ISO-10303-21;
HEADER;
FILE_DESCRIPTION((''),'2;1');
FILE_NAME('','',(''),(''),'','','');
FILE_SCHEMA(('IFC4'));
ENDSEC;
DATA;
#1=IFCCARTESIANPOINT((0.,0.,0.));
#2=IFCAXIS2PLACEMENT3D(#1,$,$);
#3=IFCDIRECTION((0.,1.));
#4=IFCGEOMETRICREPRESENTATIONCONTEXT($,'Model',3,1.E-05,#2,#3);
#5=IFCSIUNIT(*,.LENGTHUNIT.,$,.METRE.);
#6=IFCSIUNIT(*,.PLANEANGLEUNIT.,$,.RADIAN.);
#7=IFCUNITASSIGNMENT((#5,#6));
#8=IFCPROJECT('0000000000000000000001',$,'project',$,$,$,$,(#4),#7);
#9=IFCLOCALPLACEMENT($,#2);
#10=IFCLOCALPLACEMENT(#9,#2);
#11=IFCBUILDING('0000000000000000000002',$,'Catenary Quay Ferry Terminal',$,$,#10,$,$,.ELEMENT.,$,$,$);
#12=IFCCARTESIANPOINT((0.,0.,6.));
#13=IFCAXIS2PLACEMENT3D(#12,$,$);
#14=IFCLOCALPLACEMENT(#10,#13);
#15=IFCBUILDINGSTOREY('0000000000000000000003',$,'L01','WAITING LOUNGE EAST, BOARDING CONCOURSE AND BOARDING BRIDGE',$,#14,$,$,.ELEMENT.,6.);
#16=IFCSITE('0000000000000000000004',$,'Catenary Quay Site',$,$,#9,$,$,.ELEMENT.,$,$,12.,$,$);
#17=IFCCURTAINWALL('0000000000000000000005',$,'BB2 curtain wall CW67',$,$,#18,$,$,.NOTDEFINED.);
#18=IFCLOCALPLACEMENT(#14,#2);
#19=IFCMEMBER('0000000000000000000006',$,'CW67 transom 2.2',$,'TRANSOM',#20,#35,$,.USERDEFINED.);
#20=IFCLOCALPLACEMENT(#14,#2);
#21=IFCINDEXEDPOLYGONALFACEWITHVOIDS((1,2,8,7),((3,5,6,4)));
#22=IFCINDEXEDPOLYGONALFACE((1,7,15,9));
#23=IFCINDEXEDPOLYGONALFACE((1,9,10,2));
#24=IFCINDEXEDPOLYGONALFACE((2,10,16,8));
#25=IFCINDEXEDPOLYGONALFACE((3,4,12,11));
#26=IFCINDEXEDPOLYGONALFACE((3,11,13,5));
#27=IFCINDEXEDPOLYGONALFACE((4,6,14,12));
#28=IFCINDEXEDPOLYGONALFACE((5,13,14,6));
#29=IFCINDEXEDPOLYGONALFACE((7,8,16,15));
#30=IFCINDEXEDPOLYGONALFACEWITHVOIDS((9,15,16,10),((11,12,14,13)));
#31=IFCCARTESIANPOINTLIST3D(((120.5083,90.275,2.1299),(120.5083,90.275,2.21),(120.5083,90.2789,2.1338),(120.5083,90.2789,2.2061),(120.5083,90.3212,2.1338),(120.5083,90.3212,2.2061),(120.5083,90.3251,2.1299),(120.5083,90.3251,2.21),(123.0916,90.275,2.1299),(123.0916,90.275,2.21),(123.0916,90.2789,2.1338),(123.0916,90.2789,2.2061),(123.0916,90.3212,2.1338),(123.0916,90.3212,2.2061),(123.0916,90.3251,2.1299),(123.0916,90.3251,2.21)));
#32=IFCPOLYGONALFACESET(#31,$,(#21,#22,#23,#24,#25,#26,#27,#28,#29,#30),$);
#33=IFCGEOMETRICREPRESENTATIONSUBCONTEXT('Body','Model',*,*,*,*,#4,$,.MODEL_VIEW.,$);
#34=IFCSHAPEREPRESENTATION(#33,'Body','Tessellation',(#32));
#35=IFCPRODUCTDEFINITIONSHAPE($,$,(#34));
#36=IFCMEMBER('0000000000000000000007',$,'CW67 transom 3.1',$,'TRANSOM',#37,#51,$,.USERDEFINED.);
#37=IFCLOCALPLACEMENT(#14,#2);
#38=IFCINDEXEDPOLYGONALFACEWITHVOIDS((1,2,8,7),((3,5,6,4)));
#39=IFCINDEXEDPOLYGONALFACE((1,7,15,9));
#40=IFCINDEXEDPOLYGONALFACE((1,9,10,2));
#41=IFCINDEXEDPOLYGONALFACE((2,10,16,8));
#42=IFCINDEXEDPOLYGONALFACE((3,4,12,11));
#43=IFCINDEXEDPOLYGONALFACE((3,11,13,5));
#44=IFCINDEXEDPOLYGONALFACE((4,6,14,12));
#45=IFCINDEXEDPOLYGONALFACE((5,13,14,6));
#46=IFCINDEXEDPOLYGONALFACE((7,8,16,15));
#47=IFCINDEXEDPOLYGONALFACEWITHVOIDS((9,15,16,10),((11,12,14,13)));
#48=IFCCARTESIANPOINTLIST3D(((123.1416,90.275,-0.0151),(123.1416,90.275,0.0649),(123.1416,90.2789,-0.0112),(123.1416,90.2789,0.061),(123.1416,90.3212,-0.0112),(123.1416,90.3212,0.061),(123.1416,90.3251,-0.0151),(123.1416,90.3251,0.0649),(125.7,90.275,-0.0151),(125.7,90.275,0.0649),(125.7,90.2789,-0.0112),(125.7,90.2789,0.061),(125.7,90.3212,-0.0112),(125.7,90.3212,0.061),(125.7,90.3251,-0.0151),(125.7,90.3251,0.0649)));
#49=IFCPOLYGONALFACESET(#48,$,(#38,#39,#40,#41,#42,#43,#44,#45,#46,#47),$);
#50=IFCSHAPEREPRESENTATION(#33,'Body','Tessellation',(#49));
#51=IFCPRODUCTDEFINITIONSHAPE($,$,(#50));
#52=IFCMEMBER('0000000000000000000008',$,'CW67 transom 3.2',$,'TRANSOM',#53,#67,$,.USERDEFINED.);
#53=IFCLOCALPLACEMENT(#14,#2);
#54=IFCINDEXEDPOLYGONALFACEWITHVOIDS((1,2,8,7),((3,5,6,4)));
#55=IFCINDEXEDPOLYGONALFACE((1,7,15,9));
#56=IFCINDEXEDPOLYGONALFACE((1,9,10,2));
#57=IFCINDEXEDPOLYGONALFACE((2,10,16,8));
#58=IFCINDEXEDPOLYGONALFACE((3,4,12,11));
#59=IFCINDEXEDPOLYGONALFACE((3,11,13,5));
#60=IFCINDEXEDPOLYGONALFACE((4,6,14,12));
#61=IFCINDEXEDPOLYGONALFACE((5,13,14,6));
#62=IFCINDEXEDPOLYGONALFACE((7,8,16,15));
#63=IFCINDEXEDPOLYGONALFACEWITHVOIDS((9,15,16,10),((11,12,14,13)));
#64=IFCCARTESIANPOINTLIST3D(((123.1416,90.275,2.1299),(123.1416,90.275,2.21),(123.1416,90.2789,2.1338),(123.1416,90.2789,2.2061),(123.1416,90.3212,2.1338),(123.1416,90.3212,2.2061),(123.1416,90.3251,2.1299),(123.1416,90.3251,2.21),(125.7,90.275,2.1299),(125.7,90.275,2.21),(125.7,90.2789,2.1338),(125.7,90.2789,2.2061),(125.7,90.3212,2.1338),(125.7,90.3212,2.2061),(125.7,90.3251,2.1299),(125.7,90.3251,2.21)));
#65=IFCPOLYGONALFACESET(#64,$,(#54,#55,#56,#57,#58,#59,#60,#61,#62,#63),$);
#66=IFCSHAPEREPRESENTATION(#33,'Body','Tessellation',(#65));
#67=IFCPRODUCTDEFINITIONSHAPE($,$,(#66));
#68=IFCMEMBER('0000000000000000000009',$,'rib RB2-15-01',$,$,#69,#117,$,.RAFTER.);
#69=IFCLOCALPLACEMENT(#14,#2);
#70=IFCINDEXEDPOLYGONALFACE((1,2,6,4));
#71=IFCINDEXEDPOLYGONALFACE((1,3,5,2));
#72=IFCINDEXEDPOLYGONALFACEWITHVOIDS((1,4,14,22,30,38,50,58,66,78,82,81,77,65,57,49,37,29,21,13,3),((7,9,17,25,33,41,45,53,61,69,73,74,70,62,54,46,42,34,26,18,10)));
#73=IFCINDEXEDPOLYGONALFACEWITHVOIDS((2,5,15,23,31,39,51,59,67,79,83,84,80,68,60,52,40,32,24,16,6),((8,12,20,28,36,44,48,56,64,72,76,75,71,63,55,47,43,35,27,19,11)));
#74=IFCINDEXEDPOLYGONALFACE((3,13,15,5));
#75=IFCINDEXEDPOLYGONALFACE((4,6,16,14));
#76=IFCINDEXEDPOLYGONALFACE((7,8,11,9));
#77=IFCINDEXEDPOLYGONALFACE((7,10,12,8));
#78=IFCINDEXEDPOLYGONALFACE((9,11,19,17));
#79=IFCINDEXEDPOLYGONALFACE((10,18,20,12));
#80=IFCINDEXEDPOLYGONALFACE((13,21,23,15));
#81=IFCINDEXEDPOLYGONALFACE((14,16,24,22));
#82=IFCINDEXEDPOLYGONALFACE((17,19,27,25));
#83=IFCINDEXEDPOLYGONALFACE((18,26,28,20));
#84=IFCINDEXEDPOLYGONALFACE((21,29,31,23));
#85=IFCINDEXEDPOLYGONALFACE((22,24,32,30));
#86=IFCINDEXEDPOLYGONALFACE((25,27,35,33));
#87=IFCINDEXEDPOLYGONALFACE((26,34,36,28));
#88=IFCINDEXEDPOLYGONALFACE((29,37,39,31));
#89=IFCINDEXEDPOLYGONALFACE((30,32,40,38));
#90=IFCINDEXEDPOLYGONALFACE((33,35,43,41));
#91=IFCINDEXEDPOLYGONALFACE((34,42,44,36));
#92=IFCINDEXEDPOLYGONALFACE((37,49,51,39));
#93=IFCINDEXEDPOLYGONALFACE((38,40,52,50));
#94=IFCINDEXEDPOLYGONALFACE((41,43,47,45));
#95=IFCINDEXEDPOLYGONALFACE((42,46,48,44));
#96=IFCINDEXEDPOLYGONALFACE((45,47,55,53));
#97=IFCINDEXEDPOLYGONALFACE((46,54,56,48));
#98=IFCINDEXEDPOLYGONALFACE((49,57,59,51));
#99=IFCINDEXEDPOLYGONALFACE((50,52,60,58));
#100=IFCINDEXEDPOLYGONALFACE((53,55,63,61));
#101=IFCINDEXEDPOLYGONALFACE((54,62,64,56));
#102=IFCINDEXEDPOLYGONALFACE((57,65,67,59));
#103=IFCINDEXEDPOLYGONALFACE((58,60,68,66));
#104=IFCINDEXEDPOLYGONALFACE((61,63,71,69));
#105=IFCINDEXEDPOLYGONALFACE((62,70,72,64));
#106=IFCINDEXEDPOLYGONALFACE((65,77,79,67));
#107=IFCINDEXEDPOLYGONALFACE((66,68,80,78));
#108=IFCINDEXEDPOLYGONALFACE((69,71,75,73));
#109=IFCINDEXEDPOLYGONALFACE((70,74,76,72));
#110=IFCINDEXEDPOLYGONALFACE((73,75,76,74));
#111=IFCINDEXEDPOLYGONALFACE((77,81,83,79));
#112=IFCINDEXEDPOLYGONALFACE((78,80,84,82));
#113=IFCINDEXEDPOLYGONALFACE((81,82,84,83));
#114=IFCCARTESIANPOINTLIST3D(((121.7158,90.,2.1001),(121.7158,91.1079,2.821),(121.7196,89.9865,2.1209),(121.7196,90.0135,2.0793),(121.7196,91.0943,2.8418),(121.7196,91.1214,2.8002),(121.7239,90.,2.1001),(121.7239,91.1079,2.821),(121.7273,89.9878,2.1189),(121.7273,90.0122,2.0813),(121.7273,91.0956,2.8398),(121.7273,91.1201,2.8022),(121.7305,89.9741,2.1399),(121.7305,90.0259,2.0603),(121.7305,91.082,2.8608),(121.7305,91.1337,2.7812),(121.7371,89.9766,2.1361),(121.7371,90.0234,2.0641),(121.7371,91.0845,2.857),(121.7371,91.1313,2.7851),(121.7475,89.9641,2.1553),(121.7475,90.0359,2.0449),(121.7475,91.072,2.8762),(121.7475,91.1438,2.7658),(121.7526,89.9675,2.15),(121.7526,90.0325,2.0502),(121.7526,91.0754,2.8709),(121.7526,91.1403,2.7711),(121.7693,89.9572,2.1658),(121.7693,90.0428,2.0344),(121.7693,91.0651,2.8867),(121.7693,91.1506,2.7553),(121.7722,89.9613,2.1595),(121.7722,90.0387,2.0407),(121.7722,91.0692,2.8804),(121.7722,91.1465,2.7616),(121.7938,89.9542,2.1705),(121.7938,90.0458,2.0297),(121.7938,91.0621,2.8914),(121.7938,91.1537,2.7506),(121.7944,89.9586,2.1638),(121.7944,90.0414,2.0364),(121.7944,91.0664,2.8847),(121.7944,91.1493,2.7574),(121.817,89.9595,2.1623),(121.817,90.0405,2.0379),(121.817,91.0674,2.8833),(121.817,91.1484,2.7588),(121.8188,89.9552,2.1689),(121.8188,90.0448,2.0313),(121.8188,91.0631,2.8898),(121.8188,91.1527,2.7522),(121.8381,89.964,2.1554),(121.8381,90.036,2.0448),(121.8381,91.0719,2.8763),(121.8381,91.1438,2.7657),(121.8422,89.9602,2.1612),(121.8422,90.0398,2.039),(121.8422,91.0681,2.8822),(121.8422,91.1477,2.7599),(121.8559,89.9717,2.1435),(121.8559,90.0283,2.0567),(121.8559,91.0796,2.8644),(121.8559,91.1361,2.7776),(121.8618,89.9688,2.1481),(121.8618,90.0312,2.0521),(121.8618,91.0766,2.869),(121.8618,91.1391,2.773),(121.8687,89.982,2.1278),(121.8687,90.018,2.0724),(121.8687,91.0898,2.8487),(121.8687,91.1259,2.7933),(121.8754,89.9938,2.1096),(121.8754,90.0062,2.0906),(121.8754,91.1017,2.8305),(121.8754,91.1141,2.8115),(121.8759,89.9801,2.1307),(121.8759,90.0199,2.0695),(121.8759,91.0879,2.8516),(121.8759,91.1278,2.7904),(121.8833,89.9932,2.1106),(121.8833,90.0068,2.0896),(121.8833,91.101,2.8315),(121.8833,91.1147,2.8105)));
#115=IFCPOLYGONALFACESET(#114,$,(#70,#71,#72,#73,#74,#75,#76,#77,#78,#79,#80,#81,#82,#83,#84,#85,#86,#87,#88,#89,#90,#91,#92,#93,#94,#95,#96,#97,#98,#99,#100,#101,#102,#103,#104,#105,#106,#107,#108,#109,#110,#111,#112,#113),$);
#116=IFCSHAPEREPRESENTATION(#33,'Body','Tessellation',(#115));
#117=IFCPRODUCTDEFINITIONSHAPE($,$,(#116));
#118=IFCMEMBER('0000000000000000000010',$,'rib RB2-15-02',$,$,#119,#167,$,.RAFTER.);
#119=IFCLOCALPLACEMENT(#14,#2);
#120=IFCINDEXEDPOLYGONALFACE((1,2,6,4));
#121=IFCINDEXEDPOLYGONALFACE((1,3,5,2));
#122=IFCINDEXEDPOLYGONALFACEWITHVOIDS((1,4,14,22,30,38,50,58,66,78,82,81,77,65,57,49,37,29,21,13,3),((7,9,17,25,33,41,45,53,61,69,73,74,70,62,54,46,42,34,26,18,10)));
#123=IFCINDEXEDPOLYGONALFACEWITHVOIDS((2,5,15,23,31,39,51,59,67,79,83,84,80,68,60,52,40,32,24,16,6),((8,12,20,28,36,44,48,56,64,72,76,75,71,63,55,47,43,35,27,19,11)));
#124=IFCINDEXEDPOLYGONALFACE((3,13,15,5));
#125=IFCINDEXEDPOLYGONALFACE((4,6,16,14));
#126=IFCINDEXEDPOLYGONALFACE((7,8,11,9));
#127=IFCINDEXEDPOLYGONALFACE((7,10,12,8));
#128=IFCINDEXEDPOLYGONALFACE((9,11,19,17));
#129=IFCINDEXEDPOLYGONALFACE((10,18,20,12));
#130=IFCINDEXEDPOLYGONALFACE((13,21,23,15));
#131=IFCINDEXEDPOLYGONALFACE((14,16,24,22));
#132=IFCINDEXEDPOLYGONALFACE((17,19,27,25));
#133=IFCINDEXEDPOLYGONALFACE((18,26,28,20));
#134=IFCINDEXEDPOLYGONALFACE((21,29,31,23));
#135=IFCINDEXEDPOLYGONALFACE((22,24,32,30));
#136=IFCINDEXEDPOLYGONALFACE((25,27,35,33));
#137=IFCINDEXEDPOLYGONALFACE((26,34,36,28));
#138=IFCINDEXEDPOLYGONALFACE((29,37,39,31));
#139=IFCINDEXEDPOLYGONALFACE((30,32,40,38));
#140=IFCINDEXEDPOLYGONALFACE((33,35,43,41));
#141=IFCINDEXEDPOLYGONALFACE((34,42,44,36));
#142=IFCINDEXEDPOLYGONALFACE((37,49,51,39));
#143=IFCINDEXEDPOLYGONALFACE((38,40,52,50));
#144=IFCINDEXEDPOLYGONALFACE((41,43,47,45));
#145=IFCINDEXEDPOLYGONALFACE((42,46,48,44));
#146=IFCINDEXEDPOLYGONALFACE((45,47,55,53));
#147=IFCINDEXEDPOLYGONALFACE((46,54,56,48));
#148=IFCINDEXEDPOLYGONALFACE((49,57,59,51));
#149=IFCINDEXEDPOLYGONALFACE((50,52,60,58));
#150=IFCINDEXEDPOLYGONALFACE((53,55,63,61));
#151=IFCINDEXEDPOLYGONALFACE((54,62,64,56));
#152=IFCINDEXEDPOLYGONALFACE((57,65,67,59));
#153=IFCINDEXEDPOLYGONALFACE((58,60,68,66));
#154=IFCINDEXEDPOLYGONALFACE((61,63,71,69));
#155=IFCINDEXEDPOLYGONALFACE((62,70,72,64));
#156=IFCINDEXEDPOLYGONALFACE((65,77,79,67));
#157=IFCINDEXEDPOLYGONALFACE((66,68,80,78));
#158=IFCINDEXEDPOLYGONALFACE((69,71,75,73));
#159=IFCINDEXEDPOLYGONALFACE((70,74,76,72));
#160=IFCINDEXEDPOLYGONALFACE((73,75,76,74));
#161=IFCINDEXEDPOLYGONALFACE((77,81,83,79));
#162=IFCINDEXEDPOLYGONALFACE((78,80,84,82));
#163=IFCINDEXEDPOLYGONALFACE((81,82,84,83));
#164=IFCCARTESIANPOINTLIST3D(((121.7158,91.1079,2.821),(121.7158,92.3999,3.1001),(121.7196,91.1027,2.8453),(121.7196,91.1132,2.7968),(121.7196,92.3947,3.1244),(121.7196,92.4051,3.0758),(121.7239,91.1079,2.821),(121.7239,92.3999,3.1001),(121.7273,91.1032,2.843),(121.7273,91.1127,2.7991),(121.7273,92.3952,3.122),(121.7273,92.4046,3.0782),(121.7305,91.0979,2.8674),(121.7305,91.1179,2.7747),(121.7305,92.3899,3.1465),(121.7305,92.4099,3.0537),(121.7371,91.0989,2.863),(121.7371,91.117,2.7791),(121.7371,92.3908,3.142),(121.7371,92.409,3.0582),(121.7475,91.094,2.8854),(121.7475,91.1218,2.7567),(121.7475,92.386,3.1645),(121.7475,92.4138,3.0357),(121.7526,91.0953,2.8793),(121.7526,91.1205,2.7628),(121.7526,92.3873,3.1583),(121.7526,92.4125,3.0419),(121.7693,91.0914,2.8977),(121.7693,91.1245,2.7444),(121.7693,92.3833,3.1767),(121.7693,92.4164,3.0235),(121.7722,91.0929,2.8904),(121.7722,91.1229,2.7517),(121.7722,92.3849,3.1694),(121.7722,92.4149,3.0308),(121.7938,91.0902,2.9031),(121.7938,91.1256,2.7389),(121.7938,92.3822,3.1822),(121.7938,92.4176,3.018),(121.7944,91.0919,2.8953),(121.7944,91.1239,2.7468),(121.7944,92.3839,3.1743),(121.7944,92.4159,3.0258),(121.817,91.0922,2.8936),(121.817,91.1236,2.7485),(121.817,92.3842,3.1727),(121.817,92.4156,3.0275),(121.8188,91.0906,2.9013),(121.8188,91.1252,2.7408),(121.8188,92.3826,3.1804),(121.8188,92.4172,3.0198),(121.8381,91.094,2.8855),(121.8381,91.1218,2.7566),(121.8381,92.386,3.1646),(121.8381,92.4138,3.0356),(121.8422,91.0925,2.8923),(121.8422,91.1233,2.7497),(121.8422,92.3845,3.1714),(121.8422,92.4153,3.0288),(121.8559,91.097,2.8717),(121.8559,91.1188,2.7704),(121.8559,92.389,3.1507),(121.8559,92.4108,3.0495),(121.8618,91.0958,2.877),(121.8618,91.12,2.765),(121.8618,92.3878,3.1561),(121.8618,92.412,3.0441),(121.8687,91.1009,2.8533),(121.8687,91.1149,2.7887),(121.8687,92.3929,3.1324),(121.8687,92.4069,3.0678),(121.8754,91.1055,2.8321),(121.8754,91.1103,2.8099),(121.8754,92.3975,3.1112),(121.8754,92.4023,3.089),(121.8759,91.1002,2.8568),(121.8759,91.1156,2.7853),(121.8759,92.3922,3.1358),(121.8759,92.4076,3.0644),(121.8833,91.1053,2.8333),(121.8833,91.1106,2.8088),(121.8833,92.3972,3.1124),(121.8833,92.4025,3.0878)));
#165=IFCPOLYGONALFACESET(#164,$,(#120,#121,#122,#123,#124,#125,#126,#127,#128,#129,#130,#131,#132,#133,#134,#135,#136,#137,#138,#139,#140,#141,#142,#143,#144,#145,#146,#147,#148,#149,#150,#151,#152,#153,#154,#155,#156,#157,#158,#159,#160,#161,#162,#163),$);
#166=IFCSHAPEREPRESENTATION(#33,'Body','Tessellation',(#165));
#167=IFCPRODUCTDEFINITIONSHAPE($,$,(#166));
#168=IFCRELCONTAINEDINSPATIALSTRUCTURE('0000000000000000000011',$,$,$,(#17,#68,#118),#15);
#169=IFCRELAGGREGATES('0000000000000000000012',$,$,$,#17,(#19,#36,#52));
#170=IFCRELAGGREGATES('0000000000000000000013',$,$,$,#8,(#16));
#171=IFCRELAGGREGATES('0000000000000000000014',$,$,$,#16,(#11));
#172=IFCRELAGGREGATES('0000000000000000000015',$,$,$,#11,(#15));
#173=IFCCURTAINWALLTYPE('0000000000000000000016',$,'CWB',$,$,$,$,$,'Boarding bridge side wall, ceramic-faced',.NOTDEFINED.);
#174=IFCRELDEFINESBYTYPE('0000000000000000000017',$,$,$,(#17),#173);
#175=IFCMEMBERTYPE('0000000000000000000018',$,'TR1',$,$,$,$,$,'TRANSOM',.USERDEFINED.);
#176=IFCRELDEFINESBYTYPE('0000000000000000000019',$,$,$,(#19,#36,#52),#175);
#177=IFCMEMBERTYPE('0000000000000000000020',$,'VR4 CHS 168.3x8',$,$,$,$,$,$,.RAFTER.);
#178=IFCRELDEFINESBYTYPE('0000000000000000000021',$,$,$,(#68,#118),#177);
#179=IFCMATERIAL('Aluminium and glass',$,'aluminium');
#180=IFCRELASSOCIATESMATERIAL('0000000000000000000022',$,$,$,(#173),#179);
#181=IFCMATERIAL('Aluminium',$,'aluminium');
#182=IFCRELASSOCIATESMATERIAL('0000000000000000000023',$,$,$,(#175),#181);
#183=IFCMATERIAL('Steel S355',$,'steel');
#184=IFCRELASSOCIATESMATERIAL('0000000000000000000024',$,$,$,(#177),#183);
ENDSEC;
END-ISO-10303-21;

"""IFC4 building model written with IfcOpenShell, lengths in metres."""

from ifc_helpers import new_model, si_unit, direction, frame, origin, origin_2d, place, context, subcontext, project, spatial, hollow_rectangle, hollow_circle, extrude, material, material_profile, profile_set, type_object, element, aggregate, save


model = new_model("IFC4")

# Units and contexts
model_context = context("Model", 3, precision=1e-05, world=origin(), true_north=direction((0.0, 1.0)))
body_context = subcontext(model_context, "Body", "Model", "MODEL_VIEW")
ifc_project = project(units=[si_unit("LENGTHUNIT", "METRE"), si_unit("PLANEANGLEUNIT", "RADIAN")], contexts=[model_context])

# Site, building, storey
site_placement = place(None, origin())
site = spatial("IfcSite", under=ifc_project, at=site_placement, Name="Catenary Quay Site", CompositionType="ELEMENT", RefElevation=12.0)
building_placement = place(site_placement, origin())
building = spatial("IfcBuilding", under=site, at=building_placement, Name="Catenary Quay Ferry Terminal", CompositionType="ELEMENT")
storey_placement = place(building_placement, frame((0.0, 0.0, 6.0)))
storey = spatial("IfcBuildingStorey", under=building, at=storey_placement, Name="L01", Description="WAITING LOUNGE EAST, BOARDING CONCOURSE AND BOARDING BRIDGE", CompositionType="ELEMENT", Elevation=6.0)

# Curtain wall
ifc_material_1 = material(Name="Aluminium and glass", Category="aluminium")
curtain_wall_type = type_object("IfcCurtainWallType", Name="CWB", ElementType="Boarding bridge side wall, ceramic-faced", PredefinedType="NOTDEFINED", material=ifc_material_1)
curtain_wall_placement = place(storey_placement, origin())
curtain_wall = element("IfcCurtainWall", 1, at=curtain_wall_placement, inside=storey, type_object=curtain_wall_type, Name="BB2 curtain wall CW67", PredefinedType="NOTDEFINED")

# Members
ifc_material_2 = material(Name="Aluminium", Category="aluminium")
ifc_material_profile_1 = material_profile(ifc_material_2, hollow_rectangle(XDim=0.05, YDim=0.0801, WallThickness=0.0039, at=origin_2d()), Name="TR1")
ifc_profile_set_1 = profile_set([ifc_material_profile_1], Name="Aluminium")
member_type_1 = type_object("IfcMemberType", Name="TR1", ElementType="TRANSOM", PredefinedType="USERDEFINED", material=ifc_profile_set_1)
member_1_placement = place(storey_placement, frame((120.5083, 90.3, 2.1699), z_axis=(1.0, 0.0, 0.0), x_axis=(0.0, 1.0, 0.0)))
member_1 = element("IfcMember", 2, at=member_1_placement, type_object=member_type_1, Name="CW67 transom 2.2", ObjectType="TRANSOM", PredefinedType="USERDEFINED", context=body_context, shape_type="SweptSolid", body=[
    extrude(hollow_rectangle(XDim=0.05, YDim=0.0801, WallThickness=0.0039, at=origin_2d()), origin(), (0.0, 0.0, 1.0), 2.5833),
])
member_2_placement = place(storey_placement, frame((123.1416, 90.3, 0.0249), z_axis=(1.0, 0.0, 0.0), x_axis=(0.0, 1.0, 0.0)))
member_2 = element("IfcMember", 3, at=member_2_placement, type_object=member_type_1, Name="CW67 transom 3.1", ObjectType="TRANSOM", PredefinedType="USERDEFINED", context=body_context, shape_type="SweptSolid", body=[
    extrude(hollow_rectangle(XDim=0.05, YDim=0.0801, WallThickness=0.0039, at=origin_2d()), origin(), (0.0, 0.0, 1.0), 2.5583),
])
member_3_placement = place(storey_placement, frame((123.1416, 90.3, 2.1699), z_axis=(1.0, 0.0, 0.0), x_axis=(0.0, 1.0, 0.0)))
member_3 = element("IfcMember", 4, at=member_3_placement, type_object=member_type_1, Name="CW67 transom 3.2", ObjectType="TRANSOM", PredefinedType="USERDEFINED", context=body_context, shape_type="SweptSolid", body=[
    extrude(hollow_rectangle(XDim=0.05, YDim=0.0801, WallThickness=0.0039, at=origin_2d()), origin(), (0.0, 0.0, 1.0), 2.5583),
])

# Members
ifc_material_3 = material(Name="Steel S355", Category="steel")
ifc_material_profile_2 = material_profile(ifc_material_3, hollow_circle(Radius=0.0842, WallThickness=0.0081, at=origin_2d()), Name="CHS 168.3x8")
ifc_profile_set_2 = profile_set([ifc_material_profile_2], Name="Steel S355")
member_type_2 = type_object("IfcMemberType", Name="VR4 CHS 168.3x8", PredefinedType="RAFTER", material=ifc_profile_set_2)
for number, where, z_axis, x_axis, name in (
    (5, (121.8, 90.0, 2.1001), (0.0, 0.838165, 0.545417), (-1.0, 0.0, 0.0), "rib RB2-15-01"),
    (6, (121.8, 91.1079, 2.821), (0.0, 0.977461, 0.211118), (-1.0, 0.0, 0.0), "rib RB2-15-02"),
):
    element("IfcMember", number, at=place(storey_placement, frame(where, z_axis=z_axis, x_axis=x_axis)), inside=storey, type_object=member_type_2, Name=name, PredefinedType="RAFTER", context=body_context, shape_type="SweptSolid", body=[
        extrude(hollow_circle(Radius=0.0842, WallThickness=0.0081, at=origin_2d()), origin(), (0.0, 0.0, 1.0), 1.3218),
    ])

aggregate(curtain_wall, [member_1, member_2, member_3])

save(model, "model.ifc")
